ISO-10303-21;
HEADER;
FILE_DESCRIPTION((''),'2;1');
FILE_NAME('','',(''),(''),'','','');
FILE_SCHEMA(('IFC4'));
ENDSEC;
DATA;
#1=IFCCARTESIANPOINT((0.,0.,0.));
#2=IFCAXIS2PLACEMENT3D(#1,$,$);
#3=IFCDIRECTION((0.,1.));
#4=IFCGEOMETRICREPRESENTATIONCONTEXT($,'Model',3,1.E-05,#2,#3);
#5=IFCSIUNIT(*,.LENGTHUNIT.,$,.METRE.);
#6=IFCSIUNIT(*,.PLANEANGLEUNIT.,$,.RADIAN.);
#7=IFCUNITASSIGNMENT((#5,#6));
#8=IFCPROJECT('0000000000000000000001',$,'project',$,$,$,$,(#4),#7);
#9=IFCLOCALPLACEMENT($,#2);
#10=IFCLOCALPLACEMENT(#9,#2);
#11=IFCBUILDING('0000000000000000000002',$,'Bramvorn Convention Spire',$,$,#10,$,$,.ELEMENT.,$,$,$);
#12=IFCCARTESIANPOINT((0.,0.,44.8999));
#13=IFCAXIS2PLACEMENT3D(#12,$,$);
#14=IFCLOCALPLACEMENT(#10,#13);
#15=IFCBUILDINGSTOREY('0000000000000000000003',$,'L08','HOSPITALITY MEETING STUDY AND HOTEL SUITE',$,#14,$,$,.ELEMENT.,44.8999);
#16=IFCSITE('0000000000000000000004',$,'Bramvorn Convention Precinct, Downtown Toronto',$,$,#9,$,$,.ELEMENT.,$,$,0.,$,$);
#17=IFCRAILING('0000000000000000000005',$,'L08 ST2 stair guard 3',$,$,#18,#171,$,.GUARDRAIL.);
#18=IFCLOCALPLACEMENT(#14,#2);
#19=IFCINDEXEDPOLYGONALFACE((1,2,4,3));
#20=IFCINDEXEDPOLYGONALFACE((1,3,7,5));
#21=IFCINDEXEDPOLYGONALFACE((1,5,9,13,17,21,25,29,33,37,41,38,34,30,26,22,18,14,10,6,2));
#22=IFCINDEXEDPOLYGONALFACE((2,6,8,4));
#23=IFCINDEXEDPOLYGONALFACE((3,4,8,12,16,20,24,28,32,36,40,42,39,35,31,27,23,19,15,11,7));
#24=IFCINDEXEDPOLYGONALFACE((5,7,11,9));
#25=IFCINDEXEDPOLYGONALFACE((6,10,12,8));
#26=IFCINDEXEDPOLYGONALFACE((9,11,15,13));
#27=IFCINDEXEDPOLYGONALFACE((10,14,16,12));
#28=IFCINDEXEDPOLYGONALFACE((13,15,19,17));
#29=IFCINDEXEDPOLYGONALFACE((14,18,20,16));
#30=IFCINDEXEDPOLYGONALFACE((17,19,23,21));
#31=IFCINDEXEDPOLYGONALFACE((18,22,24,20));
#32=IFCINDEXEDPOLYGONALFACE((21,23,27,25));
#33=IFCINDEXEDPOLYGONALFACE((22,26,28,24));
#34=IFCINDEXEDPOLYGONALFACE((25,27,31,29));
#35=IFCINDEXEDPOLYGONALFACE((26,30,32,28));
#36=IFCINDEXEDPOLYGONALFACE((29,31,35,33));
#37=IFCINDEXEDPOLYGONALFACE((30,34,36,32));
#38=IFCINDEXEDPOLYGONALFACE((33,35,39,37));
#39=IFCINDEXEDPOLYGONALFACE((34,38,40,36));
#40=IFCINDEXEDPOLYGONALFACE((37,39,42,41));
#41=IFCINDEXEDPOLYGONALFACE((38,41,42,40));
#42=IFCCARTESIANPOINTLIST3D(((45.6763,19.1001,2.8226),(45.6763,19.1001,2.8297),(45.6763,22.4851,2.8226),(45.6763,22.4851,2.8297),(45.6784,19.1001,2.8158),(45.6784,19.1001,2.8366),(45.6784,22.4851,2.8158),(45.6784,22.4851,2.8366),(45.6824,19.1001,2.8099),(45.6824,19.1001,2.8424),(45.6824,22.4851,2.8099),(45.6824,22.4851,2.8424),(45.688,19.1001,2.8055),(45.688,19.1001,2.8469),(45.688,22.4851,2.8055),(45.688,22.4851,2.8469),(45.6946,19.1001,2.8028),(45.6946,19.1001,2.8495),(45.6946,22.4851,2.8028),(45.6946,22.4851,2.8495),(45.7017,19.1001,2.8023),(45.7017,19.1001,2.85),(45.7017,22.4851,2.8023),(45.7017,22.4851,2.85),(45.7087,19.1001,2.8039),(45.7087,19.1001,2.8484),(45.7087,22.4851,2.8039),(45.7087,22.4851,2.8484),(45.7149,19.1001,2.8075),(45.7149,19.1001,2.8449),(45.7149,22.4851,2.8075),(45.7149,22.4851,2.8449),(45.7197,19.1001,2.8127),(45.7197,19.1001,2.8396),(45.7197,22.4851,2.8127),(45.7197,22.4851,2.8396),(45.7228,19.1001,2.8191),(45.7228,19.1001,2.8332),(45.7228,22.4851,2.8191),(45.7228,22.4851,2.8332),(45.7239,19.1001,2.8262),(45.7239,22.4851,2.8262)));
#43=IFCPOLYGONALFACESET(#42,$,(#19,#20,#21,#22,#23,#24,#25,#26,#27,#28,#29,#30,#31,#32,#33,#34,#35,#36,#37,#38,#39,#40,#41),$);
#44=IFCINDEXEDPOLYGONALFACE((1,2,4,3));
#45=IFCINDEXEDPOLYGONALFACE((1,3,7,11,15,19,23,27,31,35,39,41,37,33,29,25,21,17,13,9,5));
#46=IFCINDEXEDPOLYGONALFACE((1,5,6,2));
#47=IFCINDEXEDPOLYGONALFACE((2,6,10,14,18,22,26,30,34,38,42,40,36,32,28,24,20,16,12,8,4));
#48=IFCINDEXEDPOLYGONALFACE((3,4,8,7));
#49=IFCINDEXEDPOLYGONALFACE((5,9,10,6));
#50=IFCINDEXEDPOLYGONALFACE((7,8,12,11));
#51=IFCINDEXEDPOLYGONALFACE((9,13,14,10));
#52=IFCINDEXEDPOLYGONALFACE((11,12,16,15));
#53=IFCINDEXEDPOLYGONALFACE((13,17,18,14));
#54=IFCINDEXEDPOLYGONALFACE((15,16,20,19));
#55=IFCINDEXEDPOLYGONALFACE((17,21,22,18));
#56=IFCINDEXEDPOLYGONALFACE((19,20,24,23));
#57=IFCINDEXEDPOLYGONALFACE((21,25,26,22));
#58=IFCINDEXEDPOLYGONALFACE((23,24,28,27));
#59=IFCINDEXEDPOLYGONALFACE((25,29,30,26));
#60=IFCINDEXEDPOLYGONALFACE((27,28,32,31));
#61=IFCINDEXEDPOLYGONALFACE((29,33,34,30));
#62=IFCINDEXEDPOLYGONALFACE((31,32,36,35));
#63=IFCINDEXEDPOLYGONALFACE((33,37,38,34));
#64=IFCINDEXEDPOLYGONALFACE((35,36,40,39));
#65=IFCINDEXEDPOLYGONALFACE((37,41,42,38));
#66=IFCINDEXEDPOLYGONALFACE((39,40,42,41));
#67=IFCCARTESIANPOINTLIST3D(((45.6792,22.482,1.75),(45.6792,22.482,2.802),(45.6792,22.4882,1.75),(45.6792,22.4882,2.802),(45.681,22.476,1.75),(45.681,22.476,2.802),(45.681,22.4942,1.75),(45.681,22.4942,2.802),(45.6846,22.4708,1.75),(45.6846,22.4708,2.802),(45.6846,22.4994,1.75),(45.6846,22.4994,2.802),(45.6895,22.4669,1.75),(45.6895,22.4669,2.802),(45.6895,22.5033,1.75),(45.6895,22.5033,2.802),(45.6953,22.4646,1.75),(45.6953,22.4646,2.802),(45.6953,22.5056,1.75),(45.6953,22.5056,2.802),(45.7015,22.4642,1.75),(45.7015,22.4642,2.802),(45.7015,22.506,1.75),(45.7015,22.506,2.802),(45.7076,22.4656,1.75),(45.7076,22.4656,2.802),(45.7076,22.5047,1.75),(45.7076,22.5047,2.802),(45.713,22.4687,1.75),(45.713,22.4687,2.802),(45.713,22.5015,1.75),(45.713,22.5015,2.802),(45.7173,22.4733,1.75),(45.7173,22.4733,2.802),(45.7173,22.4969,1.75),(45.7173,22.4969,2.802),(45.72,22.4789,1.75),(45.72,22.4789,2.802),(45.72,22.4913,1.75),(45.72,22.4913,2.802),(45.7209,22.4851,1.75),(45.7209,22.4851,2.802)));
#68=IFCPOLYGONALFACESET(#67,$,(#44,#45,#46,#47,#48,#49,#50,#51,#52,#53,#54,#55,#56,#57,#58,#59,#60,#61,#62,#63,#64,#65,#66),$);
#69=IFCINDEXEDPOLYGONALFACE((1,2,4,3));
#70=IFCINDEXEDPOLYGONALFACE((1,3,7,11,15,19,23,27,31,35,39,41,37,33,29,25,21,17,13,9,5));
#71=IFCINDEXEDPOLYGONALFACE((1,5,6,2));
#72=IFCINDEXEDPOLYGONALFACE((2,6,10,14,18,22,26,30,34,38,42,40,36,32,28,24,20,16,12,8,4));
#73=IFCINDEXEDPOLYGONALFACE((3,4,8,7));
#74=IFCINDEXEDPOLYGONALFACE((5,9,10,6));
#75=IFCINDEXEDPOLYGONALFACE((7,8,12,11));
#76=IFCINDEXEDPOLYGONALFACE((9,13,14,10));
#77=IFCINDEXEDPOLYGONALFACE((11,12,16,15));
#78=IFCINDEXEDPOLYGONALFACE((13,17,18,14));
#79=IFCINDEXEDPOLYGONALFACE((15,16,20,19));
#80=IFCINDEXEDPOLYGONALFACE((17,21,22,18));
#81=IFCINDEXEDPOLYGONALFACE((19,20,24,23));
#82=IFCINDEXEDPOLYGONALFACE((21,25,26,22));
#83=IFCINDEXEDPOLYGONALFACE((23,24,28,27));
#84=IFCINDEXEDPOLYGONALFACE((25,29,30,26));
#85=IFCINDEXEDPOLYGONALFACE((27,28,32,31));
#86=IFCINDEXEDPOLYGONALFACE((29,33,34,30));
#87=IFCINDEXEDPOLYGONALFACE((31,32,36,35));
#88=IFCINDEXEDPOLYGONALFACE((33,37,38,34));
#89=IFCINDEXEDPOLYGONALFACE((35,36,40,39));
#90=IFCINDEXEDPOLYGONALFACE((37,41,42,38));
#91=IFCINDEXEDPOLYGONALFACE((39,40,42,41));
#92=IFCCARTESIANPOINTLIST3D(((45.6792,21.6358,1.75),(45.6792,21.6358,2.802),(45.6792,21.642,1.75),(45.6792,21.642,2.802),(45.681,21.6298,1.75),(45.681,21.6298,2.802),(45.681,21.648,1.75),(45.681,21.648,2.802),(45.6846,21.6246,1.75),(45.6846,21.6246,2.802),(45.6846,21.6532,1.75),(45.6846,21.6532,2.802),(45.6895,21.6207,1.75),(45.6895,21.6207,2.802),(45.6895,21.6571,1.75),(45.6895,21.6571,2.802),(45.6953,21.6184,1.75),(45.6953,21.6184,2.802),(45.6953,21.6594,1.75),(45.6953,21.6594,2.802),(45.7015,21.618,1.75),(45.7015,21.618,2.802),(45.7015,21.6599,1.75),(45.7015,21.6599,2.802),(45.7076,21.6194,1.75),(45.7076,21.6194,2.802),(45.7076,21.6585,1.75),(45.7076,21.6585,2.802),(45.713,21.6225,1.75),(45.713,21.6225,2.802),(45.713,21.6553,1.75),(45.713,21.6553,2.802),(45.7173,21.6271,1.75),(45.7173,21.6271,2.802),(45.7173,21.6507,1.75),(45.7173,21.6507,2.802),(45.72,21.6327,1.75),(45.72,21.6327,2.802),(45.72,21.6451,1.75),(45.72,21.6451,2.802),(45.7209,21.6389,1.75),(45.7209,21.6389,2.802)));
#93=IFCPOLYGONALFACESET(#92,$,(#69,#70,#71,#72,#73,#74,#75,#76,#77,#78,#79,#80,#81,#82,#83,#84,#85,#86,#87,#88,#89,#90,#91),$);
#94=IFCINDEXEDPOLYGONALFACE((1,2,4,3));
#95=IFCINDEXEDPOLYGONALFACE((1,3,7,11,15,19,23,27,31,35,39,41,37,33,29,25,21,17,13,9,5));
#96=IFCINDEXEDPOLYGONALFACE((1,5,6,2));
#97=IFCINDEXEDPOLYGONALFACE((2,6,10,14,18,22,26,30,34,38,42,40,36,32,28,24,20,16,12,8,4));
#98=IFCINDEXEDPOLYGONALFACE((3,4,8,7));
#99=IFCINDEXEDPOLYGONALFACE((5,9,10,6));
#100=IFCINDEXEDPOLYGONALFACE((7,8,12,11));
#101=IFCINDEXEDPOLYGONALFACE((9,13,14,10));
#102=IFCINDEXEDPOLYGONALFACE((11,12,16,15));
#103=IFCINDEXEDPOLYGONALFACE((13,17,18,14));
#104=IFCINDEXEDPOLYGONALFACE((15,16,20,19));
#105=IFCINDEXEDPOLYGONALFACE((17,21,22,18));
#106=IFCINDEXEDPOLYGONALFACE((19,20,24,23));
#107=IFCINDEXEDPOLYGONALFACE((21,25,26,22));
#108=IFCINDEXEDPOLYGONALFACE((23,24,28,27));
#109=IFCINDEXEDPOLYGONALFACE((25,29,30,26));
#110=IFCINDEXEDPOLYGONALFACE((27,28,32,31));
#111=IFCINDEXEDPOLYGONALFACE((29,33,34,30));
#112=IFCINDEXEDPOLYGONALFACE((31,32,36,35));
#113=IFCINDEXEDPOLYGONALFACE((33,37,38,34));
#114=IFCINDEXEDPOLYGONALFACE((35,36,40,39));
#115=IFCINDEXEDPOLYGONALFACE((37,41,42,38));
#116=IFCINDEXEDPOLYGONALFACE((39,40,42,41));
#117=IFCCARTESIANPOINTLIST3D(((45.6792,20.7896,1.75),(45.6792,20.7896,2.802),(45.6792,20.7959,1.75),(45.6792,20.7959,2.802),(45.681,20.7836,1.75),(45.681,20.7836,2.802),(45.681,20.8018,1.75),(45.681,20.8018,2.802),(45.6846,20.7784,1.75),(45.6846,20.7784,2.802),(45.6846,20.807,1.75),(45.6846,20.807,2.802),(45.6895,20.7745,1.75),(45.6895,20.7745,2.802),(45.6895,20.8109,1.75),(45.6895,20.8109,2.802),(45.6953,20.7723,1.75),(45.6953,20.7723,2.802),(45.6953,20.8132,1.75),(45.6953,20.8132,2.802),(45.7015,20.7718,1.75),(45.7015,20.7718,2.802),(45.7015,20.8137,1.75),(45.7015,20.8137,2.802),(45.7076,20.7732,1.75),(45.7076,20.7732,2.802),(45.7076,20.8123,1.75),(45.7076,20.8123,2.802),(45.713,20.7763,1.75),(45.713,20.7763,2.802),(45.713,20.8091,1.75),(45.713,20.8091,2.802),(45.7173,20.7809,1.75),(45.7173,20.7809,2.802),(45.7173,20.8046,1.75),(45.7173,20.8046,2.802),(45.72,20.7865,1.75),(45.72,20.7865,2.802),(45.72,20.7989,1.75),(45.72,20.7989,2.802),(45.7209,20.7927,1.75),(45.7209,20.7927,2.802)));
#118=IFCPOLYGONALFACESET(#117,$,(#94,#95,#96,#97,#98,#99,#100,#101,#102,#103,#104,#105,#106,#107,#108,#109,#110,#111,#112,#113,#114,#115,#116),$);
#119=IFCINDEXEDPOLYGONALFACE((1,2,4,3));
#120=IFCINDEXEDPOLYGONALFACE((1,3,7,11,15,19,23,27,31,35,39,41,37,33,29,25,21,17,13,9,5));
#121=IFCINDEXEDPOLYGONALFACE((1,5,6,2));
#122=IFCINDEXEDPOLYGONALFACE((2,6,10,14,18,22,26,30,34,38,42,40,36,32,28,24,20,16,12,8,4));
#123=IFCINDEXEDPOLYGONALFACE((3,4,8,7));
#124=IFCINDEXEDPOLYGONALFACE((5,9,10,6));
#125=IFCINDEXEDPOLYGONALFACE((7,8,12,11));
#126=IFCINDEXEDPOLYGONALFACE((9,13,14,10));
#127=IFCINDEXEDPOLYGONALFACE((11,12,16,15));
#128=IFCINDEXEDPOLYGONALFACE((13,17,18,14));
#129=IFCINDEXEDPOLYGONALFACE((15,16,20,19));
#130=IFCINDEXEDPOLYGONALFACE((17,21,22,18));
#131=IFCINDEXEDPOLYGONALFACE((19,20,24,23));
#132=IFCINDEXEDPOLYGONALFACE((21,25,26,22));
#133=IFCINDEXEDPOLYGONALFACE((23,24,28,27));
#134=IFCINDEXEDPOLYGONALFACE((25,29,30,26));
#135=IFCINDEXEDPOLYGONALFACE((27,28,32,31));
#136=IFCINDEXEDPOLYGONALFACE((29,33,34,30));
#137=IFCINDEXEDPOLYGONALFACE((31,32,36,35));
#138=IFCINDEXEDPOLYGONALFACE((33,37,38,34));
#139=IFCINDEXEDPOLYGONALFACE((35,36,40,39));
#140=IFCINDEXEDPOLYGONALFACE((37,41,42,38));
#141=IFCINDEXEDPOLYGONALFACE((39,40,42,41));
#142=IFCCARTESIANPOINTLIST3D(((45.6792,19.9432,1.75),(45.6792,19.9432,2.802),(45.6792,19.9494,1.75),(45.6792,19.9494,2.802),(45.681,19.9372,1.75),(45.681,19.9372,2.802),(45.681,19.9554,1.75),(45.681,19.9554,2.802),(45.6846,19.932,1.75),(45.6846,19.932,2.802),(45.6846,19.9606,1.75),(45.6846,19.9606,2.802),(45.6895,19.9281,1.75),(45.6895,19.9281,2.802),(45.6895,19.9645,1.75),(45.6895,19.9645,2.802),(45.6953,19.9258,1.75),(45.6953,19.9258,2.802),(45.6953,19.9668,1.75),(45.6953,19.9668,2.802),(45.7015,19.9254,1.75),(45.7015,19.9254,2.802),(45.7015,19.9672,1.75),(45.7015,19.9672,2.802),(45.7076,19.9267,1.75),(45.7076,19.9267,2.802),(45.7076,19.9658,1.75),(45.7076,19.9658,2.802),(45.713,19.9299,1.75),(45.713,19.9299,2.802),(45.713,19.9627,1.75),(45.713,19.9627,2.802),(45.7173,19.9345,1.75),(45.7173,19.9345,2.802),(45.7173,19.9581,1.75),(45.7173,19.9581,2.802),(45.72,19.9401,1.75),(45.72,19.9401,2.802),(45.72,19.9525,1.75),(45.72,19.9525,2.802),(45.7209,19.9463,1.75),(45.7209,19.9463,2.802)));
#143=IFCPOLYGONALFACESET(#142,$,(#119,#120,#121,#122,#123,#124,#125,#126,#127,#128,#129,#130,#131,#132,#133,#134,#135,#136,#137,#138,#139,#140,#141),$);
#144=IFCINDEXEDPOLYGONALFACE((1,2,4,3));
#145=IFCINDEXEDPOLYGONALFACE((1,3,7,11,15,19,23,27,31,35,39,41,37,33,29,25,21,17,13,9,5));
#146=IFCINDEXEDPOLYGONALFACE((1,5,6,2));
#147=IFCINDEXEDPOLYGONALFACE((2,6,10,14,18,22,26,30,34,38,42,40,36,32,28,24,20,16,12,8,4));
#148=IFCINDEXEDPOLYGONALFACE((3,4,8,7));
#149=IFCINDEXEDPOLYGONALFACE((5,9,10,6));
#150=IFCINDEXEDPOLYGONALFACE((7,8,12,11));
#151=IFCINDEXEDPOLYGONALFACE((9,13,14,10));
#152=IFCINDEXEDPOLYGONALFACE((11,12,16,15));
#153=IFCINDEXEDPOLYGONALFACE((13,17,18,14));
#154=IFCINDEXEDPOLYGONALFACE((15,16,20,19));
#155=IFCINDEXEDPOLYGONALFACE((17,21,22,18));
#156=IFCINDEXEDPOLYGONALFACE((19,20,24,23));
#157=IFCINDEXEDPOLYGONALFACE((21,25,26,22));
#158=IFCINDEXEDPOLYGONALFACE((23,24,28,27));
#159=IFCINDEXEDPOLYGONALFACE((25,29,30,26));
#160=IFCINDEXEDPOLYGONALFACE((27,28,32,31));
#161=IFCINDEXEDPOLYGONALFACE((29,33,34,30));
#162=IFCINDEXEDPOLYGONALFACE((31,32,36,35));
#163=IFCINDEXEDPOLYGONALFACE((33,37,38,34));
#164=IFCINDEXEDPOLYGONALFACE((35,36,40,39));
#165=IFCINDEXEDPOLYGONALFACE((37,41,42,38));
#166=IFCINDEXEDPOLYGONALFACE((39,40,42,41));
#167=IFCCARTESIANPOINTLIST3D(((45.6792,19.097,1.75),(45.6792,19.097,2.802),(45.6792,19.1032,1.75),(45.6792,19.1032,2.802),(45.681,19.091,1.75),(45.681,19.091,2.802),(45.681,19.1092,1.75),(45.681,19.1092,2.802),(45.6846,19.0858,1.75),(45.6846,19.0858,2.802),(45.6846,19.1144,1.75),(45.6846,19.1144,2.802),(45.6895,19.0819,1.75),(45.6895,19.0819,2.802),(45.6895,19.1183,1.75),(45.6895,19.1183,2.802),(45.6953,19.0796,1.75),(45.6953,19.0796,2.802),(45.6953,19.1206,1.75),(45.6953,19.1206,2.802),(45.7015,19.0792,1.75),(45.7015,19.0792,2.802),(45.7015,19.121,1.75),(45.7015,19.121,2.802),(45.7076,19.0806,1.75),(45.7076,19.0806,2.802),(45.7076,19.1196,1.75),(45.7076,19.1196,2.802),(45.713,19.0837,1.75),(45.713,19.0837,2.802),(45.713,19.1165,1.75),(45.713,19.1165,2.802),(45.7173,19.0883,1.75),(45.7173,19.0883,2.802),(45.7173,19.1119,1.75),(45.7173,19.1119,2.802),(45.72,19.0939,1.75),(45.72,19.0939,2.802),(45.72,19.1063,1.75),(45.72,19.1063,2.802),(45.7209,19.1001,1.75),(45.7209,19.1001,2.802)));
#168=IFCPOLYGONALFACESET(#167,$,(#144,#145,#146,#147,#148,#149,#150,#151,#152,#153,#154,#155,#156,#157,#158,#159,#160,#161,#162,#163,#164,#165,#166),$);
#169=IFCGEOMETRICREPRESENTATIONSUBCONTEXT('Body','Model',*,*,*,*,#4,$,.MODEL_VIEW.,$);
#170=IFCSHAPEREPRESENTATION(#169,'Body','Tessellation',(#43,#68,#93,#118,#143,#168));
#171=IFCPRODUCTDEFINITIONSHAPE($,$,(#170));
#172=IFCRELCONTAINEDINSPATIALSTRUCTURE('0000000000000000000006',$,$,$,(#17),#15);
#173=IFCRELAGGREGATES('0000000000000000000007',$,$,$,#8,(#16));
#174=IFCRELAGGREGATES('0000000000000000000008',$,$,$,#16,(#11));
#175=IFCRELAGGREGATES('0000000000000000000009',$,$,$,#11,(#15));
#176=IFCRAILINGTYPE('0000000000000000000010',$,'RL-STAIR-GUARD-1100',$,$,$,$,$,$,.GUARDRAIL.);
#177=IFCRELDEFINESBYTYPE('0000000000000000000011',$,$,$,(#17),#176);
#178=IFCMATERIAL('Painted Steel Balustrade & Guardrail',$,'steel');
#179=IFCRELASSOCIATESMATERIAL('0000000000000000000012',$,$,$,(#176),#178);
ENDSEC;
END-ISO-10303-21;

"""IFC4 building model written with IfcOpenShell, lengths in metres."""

from ifc_helpers import new_model, si_unit, direction, frame, origin, origin_2d, place, context, subcontext, project, spatial, circle, extrude, material, type_object, element, save


model = new_model("IFC4")

# Units and contexts
model_context = context("Model", 3, precision=1e-05, world=origin(), true_north=direction((0.0, 1.0)))
body_context = subcontext(model_context, "Body", "Model", "MODEL_VIEW")
ifc_project = project(units=[si_unit("LENGTHUNIT", "METRE"), si_unit("PLANEANGLEUNIT", "RADIAN")], contexts=[model_context])

# Site, building, storey
site_placement = place(None, origin())
site = spatial("IfcSite", under=ifc_project, at=site_placement, Name="Bramvorn Convention Precinct, Downtown Toronto", CompositionType="ELEMENT", RefElevation=0.0)
building_placement = place(site_placement, origin())
building = spatial("IfcBuilding", under=site, at=building_placement, Name="Bramvorn Convention Spire", CompositionType="ELEMENT")
storey_placement = place(building_placement, frame((0.0, 0.0, 44.8999)))
storey = spatial("IfcBuildingStorey", under=building, at=storey_placement, Name="L08", Description="HOSPITALITY MEETING STUDY AND HOTEL SUITE", CompositionType="ELEMENT", Elevation=44.8999)

# Railing
ifc_material_1 = material(Name="Painted Steel Balustrade & Guardrail", Category="steel")
railing_type_1 = type_object("IfcRailingType", Name="RL-STAIR-GUARD-1100", PredefinedType="GUARDRAIL", material=ifc_material_1)
railing_1_placement = place(storey_placement, frame((45.7, 22.4851, 1.75)))
element("IfcRailing", 1, at=railing_1_placement, inside=storey, type_object=railing_type_1, Name="L08 ST2 stair guard 3", PredefinedType="GUARDRAIL", context=body_context, shape_type="SweptSolid", body=[
    extrude(circle(Radius=0.0239, at=origin_2d()), frame((0.0, 0.0, 1.0762), z_axis=(0.0, -1.0, 0.0), x_axis=(1.0, 0.0, 0.0)), (0.0, 0.0, 1.0), 3.385),
    extrude(circle(Radius=0.021, at=origin_2d()), origin(), (0.0, 0.0, 1.0), 1.052),
    extrude(circle(Radius=0.021, at=origin_2d()), frame((0.0, -0.8462, 0.0)), (0.0, 0.0, 1.0), 1.052),
    extrude(circle(Radius=0.021, at=origin_2d()), frame((0.0, -1.6924, 0.0)), (0.0, 0.0, 1.0), 1.052),
    extrude(circle(Radius=0.021, at=origin_2d()), frame((0.0, -2.5388, 0.0)), (0.0, 0.0, 1.0), 1.052),
    extrude(circle(Radius=0.021, at=origin_2d()), frame((0.0, -3.385, 0.0)), (0.0, 0.0, 1.0), 1.052),
])

save(model, "model.ifc")
